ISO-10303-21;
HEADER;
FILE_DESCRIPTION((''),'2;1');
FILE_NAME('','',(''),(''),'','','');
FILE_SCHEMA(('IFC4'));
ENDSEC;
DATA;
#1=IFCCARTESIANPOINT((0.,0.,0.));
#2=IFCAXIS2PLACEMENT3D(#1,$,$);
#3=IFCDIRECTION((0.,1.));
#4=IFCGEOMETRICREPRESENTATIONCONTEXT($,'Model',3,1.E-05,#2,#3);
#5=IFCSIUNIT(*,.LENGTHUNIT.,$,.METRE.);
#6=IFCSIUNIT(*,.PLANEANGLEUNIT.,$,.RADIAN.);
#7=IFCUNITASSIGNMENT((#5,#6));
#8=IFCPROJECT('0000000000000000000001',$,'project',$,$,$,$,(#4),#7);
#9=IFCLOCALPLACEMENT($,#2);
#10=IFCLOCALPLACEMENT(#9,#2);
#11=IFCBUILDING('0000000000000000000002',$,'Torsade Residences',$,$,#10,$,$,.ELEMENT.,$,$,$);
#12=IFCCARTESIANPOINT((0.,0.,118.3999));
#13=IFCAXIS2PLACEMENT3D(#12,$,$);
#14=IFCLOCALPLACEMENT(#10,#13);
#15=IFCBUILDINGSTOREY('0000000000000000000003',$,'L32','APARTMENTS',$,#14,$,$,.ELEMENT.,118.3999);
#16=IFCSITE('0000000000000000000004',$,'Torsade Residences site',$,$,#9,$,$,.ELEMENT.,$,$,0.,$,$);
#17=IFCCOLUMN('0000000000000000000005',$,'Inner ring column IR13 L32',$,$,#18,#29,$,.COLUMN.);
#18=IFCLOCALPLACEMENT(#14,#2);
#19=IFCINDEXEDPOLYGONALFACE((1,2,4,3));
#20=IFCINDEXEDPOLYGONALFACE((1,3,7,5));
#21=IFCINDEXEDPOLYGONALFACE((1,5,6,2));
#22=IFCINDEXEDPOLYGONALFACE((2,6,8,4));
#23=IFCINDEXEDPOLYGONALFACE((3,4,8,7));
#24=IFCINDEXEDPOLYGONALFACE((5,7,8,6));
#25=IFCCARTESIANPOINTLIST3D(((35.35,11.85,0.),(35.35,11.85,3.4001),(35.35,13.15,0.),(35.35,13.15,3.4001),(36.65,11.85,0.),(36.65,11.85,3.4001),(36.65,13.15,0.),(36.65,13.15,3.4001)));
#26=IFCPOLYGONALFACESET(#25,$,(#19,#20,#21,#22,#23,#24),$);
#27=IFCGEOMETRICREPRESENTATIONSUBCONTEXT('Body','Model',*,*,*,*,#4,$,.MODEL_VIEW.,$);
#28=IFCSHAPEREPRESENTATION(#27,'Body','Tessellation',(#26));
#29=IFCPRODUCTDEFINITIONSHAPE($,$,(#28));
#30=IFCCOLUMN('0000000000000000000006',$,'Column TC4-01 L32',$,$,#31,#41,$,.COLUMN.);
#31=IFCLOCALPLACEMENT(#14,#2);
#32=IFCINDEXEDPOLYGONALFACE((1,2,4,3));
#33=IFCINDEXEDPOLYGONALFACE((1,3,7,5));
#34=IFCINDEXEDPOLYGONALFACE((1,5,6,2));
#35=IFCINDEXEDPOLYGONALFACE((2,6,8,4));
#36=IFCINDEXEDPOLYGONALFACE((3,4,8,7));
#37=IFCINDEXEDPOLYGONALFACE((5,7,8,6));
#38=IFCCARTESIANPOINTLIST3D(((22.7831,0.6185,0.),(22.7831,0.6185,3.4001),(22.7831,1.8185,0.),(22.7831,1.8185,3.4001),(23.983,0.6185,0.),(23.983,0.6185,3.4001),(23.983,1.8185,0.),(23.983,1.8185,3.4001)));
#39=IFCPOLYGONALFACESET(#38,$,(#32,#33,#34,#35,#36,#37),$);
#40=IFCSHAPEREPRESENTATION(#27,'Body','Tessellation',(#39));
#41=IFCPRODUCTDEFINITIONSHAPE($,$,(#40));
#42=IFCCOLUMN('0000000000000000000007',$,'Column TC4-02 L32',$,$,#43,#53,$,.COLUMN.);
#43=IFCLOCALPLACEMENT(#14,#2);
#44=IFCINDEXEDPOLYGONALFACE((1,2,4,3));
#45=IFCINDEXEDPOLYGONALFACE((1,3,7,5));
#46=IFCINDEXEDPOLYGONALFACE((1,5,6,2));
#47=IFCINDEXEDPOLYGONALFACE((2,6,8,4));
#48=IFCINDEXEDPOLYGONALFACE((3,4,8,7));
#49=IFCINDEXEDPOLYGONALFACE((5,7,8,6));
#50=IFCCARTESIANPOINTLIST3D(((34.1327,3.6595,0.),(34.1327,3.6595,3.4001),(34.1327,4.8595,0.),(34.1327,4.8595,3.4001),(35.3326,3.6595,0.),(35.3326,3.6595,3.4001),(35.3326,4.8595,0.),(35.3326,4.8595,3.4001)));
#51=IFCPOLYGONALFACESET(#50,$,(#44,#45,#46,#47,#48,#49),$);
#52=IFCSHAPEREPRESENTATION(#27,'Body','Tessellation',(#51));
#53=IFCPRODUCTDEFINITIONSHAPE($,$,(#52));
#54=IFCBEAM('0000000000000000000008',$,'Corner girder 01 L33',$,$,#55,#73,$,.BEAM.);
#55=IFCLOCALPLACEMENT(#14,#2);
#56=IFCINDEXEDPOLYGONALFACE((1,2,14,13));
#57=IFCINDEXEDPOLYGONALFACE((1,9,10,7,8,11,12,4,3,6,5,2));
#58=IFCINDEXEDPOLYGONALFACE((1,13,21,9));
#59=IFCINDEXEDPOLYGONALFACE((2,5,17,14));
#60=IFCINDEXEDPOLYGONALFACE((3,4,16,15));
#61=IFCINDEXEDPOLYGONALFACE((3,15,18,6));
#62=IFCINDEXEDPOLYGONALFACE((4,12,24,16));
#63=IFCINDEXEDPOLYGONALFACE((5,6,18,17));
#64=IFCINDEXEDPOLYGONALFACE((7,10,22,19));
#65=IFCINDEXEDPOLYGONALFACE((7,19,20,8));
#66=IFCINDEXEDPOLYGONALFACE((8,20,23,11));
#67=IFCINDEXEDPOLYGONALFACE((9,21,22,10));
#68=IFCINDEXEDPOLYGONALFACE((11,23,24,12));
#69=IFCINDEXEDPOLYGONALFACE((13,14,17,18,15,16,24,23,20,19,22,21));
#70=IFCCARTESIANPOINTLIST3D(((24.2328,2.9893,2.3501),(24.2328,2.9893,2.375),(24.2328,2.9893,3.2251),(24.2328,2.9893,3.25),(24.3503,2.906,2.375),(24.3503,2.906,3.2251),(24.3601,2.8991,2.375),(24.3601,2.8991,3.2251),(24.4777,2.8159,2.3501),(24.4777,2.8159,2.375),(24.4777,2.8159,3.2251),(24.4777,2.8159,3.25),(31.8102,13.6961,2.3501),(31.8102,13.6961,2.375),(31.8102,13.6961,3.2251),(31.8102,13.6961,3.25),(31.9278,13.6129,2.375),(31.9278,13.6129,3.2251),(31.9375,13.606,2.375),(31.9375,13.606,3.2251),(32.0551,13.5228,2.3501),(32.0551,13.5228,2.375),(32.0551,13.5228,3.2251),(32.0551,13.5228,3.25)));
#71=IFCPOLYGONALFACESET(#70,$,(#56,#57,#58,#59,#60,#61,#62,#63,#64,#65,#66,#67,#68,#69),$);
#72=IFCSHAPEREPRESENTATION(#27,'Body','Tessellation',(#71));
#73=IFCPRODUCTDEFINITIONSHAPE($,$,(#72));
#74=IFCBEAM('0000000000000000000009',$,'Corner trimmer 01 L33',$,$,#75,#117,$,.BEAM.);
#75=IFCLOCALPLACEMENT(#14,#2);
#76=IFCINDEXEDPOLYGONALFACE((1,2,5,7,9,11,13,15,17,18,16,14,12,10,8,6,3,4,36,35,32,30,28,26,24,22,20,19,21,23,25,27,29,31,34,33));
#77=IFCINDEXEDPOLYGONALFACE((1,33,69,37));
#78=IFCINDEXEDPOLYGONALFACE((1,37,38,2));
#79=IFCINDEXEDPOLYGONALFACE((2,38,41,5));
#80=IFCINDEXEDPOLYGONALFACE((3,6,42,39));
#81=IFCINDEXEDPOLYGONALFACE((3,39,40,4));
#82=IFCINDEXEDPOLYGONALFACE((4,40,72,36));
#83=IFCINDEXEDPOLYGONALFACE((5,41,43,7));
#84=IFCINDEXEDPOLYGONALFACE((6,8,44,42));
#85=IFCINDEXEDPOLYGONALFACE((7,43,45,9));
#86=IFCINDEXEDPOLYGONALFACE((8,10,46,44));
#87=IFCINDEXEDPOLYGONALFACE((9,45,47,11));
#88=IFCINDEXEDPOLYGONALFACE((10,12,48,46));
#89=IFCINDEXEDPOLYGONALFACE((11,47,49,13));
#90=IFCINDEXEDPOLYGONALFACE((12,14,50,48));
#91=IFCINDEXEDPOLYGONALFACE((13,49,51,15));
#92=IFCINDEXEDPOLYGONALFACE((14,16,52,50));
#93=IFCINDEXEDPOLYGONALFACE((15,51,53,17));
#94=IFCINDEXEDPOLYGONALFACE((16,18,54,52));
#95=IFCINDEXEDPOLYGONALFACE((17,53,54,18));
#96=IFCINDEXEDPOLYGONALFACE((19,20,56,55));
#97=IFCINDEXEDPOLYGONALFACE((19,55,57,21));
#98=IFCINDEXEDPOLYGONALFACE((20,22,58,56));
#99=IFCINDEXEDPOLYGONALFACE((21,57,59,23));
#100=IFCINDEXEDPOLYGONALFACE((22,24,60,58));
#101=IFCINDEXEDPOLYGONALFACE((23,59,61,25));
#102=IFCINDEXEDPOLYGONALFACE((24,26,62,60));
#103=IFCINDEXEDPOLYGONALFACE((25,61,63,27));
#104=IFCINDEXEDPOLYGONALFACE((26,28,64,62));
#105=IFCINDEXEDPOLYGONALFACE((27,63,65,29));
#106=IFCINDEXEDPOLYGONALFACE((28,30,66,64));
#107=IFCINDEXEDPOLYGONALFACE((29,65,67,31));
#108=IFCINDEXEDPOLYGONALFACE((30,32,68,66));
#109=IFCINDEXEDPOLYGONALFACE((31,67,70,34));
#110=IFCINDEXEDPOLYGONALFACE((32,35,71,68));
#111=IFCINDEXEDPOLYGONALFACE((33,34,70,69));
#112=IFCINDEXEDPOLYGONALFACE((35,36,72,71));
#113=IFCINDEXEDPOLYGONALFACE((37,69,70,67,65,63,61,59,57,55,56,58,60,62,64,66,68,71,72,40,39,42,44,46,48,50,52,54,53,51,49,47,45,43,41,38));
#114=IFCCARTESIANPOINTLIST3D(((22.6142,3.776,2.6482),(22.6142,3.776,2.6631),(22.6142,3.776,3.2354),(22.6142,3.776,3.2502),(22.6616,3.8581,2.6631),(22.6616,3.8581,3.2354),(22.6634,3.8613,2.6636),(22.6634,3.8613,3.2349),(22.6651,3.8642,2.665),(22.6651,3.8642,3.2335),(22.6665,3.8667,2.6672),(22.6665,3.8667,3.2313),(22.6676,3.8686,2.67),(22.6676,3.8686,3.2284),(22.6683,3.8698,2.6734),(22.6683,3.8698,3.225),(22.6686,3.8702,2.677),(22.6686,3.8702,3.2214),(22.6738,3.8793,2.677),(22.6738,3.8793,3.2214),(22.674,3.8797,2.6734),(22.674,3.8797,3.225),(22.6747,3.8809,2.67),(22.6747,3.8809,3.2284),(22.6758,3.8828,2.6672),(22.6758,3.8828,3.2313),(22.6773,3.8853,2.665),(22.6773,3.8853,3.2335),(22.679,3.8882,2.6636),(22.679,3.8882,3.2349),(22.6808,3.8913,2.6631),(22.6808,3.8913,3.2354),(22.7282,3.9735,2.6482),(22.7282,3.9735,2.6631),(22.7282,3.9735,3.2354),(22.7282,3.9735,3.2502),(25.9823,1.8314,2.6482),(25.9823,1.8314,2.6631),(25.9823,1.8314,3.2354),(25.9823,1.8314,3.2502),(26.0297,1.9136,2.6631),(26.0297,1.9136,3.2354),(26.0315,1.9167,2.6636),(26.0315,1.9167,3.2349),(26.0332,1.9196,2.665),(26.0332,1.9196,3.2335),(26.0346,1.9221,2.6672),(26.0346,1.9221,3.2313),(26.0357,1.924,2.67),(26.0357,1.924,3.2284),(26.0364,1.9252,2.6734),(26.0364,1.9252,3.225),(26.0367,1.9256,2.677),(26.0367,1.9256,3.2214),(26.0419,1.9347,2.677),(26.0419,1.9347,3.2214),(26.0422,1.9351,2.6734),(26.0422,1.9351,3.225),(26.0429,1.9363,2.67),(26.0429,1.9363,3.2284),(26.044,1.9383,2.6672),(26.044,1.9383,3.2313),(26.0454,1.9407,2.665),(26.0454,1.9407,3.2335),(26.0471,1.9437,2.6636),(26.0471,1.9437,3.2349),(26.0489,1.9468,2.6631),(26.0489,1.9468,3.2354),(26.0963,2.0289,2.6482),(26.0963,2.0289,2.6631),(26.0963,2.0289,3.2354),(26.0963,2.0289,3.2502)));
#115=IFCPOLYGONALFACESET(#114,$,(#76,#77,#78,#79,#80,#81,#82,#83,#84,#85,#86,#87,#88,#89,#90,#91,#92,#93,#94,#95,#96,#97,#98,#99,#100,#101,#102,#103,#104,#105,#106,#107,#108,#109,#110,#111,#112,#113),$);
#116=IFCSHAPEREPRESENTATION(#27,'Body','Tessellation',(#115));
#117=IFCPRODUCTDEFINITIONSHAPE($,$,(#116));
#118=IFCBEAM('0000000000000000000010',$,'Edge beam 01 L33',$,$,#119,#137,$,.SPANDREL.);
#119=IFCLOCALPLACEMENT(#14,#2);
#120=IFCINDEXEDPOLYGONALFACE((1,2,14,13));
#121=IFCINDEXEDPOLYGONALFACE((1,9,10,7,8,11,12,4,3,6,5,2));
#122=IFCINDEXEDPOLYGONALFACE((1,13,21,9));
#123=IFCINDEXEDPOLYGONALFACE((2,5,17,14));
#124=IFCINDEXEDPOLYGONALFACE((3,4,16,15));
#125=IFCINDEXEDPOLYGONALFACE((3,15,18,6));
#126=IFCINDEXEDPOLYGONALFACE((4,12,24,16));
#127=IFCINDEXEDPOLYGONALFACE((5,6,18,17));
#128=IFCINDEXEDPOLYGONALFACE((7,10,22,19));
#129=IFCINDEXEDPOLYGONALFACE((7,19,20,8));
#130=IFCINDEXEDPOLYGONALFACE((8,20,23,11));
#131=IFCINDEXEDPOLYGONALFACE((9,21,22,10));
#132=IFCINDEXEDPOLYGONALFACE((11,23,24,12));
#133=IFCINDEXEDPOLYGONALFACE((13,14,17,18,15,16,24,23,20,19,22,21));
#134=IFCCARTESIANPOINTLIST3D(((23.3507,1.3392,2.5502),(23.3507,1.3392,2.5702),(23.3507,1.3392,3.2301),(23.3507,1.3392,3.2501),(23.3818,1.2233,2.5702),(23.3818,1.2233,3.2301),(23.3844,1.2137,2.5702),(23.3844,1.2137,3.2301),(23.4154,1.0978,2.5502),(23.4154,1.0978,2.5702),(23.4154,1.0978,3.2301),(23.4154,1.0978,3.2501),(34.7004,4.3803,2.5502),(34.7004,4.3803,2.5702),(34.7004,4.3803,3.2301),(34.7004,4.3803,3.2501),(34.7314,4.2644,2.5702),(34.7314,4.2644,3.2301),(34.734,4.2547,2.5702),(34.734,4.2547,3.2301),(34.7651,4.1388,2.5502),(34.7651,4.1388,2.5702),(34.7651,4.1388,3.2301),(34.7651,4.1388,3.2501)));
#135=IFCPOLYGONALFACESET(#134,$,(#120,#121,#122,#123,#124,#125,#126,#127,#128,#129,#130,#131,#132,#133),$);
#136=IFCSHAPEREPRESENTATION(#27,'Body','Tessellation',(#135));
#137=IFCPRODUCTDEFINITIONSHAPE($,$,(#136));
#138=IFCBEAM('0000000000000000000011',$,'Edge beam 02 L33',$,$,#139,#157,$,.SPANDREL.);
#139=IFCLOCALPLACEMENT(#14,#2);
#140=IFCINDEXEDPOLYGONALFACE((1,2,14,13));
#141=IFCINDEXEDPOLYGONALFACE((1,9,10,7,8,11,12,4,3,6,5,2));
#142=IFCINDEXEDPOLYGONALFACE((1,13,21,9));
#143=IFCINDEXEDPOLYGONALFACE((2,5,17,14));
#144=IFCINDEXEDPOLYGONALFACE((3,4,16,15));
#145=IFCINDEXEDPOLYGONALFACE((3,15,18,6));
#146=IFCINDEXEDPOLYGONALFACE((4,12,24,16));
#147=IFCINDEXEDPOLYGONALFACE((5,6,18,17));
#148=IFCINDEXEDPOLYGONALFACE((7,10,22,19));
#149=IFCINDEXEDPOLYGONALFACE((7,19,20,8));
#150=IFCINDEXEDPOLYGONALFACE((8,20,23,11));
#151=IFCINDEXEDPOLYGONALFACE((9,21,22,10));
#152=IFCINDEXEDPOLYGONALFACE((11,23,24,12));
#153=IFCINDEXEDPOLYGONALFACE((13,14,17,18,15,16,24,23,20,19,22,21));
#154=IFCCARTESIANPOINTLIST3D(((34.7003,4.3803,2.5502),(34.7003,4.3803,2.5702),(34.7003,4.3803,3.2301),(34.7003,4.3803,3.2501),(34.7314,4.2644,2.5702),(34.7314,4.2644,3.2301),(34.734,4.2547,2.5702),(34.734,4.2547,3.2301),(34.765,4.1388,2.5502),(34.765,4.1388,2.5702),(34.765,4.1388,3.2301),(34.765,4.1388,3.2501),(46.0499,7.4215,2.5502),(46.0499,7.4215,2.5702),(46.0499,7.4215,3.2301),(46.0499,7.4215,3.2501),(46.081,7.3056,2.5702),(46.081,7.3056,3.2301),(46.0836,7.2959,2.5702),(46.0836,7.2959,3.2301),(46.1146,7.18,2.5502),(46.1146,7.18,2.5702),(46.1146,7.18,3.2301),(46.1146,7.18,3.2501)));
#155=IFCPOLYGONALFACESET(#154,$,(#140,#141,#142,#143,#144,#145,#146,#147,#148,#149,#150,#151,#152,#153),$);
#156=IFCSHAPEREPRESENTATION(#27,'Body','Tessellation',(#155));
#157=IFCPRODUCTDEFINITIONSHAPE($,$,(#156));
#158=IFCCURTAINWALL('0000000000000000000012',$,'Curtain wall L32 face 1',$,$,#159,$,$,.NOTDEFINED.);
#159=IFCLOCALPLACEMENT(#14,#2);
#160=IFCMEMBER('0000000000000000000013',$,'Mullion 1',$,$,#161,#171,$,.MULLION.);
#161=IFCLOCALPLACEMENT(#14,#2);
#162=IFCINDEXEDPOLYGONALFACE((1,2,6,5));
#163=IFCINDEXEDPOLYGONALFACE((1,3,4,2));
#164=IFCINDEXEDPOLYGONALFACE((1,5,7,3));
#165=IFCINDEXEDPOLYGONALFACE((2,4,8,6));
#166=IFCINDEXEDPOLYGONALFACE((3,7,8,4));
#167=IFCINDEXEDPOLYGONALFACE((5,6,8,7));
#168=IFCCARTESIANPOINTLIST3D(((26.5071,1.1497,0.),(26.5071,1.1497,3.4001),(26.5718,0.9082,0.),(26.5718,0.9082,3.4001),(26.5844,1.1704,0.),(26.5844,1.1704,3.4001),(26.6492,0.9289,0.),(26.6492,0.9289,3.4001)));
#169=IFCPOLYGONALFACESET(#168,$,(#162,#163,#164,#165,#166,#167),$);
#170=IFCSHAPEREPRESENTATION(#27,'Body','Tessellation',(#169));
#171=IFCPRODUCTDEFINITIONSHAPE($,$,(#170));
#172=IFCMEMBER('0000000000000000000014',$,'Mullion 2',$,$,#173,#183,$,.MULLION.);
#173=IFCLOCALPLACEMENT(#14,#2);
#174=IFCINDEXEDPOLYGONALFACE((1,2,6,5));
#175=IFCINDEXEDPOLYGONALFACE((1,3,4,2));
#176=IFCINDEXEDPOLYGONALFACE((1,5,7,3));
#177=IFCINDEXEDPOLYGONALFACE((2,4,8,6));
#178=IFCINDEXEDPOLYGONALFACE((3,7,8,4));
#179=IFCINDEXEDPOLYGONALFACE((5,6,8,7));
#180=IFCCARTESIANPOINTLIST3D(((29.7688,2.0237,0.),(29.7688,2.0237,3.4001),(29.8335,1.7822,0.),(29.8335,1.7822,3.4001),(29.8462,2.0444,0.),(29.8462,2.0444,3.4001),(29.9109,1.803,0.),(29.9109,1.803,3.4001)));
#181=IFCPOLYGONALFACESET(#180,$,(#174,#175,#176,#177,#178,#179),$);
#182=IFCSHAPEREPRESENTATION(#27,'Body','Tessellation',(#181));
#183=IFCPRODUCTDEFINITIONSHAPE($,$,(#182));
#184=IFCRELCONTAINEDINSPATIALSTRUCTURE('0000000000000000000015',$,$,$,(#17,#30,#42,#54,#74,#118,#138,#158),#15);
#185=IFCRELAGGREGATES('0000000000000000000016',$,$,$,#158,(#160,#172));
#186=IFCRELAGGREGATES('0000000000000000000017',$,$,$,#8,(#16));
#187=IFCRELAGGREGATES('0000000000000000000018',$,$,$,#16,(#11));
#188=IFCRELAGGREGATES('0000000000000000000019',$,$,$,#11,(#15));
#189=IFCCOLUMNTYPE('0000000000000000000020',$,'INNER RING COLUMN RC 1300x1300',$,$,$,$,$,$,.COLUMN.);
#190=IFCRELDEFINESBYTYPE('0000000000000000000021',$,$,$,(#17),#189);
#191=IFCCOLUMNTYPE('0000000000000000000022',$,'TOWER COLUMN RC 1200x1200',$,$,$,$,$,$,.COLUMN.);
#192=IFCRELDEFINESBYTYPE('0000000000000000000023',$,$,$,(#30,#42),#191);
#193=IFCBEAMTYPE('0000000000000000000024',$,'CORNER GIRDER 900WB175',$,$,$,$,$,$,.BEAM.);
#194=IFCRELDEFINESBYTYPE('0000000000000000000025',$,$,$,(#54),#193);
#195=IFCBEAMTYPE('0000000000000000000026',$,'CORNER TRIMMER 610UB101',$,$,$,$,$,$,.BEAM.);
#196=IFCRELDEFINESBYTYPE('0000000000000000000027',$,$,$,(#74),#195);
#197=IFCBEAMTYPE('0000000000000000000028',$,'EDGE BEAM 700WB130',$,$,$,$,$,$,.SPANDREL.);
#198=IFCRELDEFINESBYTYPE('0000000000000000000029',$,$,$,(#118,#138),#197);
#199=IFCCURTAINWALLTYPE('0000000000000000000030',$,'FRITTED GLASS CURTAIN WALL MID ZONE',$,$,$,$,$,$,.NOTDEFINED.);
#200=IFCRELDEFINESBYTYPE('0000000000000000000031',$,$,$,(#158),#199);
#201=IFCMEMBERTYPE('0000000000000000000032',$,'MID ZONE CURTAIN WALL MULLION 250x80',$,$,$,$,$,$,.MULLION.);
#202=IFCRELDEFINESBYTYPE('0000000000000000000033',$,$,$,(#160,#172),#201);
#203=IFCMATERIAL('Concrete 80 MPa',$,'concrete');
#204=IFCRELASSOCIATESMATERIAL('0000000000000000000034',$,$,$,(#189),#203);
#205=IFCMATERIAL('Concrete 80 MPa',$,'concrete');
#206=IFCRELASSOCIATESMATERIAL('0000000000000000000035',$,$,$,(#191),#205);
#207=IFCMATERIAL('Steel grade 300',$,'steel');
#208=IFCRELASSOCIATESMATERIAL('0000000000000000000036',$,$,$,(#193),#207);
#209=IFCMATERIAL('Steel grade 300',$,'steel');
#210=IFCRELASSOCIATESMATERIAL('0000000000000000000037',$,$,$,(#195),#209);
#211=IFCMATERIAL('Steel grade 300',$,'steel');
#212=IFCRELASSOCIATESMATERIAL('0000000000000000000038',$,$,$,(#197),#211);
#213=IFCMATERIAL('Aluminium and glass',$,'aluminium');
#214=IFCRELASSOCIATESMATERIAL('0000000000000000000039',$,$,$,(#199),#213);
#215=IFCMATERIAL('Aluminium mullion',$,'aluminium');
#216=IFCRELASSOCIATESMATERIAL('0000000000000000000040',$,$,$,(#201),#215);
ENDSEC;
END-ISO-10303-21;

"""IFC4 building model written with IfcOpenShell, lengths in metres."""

from ifc_helpers import new_model, si_unit, direction, frame, origin, origin_2d, place, context, subcontext, project, spatial, rectangle, i_section, extrude, material, material_profile, profile_set, type_object, element, aggregate, save


model = new_model("IFC4")

# Units and contexts
model_context = context("Model", 3, precision=1e-05, world=origin(), true_north=direction((0.0, 1.0)))
body_context = subcontext(model_context, "Body", "Model", "MODEL_VIEW")
ifc_project = project(units=[si_unit("LENGTHUNIT", "METRE"), si_unit("PLANEANGLEUNIT", "RADIAN")], contexts=[model_context])

# Site, building, storey
site_placement = place(None, origin())
site = spatial("IfcSite", under=ifc_project, at=site_placement, Name="Torsade Residences site", CompositionType="ELEMENT", RefElevation=0.0)
building_placement = place(site_placement, origin())
building = spatial("IfcBuilding", under=site, at=building_placement, Name="Torsade Residences", CompositionType="ELEMENT")
storey_placement = place(building_placement, frame((0.0, 0.0, 118.3999)))
storey = spatial("IfcBuildingStorey", under=building, at=storey_placement, Name="L32", Description="APARTMENTS", CompositionType="ELEMENT", Elevation=118.3999)

# Columns
ifc_material_1 = material(Name="Concrete 80 MPa", Category="concrete")
ifc_material_profile_1 = material_profile(ifc_material_1, rectangle(XDim=1.3, YDim=1.3, at=origin_2d()), Name="RC 1300x1300")
ifc_profile_set_1 = profile_set([ifc_material_profile_1], Name="Concrete 80 MPa")
column_type_1 = type_object("IfcColumnType", Name="INNER RING COLUMN RC 1300x1300", PredefinedType="COLUMN", material=ifc_profile_set_1)
column_placement = place(storey_placement, frame((36.0, 12.5, 0.0), z_axis=(0.0, 0.0, 1.0), x_axis=(1.0, 0.0, 0.0)))
element("IfcColumn", 1, at=column_placement, inside=storey, type_object=column_type_1, Name="Inner ring column IR13 L32", PredefinedType="COLUMN", context=body_context, shape_type="SweptSolid", body=[
    extrude(rectangle(XDim=1.3, YDim=1.3, at=origin_2d()), origin(), (0.0, 0.0, 1.0), 3.4001),
])
ifc_material_2 = material(Name="Concrete 80 MPa", Category="concrete")
ifc_material_profile_2 = material_profile(ifc_material_2, rectangle(XDim=1.2, YDim=1.2, at=origin_2d()), Name="RC 1200x1200")
ifc_profile_set_2 = profile_set([ifc_material_profile_2], Name="Concrete 80 MPa")
column_type_2 = type_object("IfcColumnType", Name="TOWER COLUMN RC 1200x1200", PredefinedType="COLUMN", material=ifc_profile_set_2)
for number, where, z_axis, x_axis, name in (
    (2, (23.3831, 1.2185, 0.0), (0.0, 0.0, 1.0), (1.0, 0.0, 0.0), "Column TC4-01 L32"),
    (3, (34.7327, 4.2595, 0.0), (0.0, 0.0, 1.0), (1.0, 0.0, 0.0), "Column TC4-02 L32"),
):
    element("IfcColumn", number, at=place(storey_placement, frame(where, z_axis=z_axis, x_axis=x_axis)), inside=storey, type_object=column_type_2, Name=name, PredefinedType="COLUMN", context=body_context, shape_type="SweptSolid", body=[
        extrude(rectangle(XDim=1.2, YDim=1.2, at=origin_2d()), origin(), (0.0, 0.0, 1.0), 3.4001),
    ])

# Beams
ifc_material_3 = material(Name="Steel grade 300", Category="steel")
ifc_material_profile_3 = material_profile(ifc_material_3, i_section(OverallWidth=0.3, OverallDepth=0.8999, WebThickness=0.012, FlangeThickness=0.0249, at=origin_2d()), Name="900WB175")
ifc_profile_set_3 = profile_set([ifc_material_profile_3], Name="Steel grade 300")
beam_type_1 = type_object("IfcBeamType", Name="CORNER GIRDER 900WB175", PredefinedType="BEAM", material=ifc_profile_set_3)
beam_1_placement = place(storey_placement, frame((24.3552, 2.9026, 2.8), z_axis=(0.577683, 0.816261, 0.0), x_axis=(-0.816261, 0.577683, 0.0)))
element("IfcBeam", 4, at=beam_1_placement, inside=storey, type_object=beam_type_1, Name="Corner girder 01 L33", PredefinedType="BEAM", context=body_context, shape_type="SweptSolid", body=[
    extrude(i_section(OverallWidth=0.3, OverallDepth=0.8999, WebThickness=0.012, FlangeThickness=0.0249, at=origin_2d()), origin(), (0.0, 0.0, 1.0), 13.1169),
])
ifc_material_4 = material(Name="Steel grade 300", Category="steel")
ifc_material_profile_4 = material_profile(ifc_material_4, i_section(OverallWidth=0.228, OverallDepth=0.6021, WebThickness=0.0105, FlangeThickness=0.0149, FilletRadius=0.0139, at=origin_2d()), Name="610UB101")
ifc_profile_set_4 = profile_set([ifc_material_profile_4], Name="Steel grade 300")
beam_type_2 = type_object("IfcBeamType", Name="CORNER TRIMMER 610UB101", PredefinedType="BEAM", material=ifc_profile_set_4)
beam_2_placement = place(storey_placement, frame((26.0393, 1.9302, 2.9492), z_axis=(-0.866029, 0.499994, 0.0), x_axis=(-0.499994, -0.866029, 0.0)))
element("IfcBeam", 5, at=beam_2_placement, inside=storey, type_object=beam_type_2, Name="Corner trimmer 01 L33", PredefinedType="BEAM", context=body_context, shape_type="SweptSolid", body=[
    extrude(i_section(OverallWidth=0.228, OverallDepth=0.6021, WebThickness=0.0105, FlangeThickness=0.0149, FilletRadius=0.0139, at=origin_2d()), origin(), (0.0, 0.0, 1.0), 3.8892),
])
ifc_material_5 = material(Name="Steel grade 300", Category="steel")
ifc_material_profile_5 = material_profile(ifc_material_5, i_section(OverallWidth=0.25, OverallDepth=0.7, WebThickness=0.01, FlangeThickness=0.02, at=origin_2d()), Name="700WB130")
ifc_profile_set_5 = profile_set([ifc_material_profile_5], Name="Steel grade 300")
beam_type_3 = type_object("IfcBeamType", Name="EDGE BEAM 700WB130", PredefinedType="SPANDREL", material=ifc_profile_set_5)
for number, where, z_axis, x_axis, name in (
    (6, (23.3831, 1.2185, 2.9001), (0.965928, 0.258811, 0.0), (-0.258811, 0.965928, 0.0), "Edge beam 01 L33"),
    (7, (34.7327, 4.2595, 2.9001), (0.965923, 0.25883, 0.0), (-0.25883, 0.965923, 0.0), "Edge beam 02 L33"),
):
    element("IfcBeam", number, at=place(storey_placement, frame(where, z_axis=z_axis, x_axis=x_axis)), inside=storey, type_object=beam_type_3, Name=name, PredefinedType="SPANDREL", context=body_context, shape_type="SweptSolid", body=[
        extrude(i_section(OverallWidth=0.25, OverallDepth=0.7, WebThickness=0.01, FlangeThickness=0.02, at=origin_2d()), origin(), (0.0, 0.0, 1.0), 11.75),
    ])

# Curtain wall, members
ifc_material_6 = material(Name="Aluminium and glass", Category="aluminium")
curtain_wall_type = type_object("IfcCurtainWallType", Name="FRITTED GLASS CURTAIN WALL MID ZONE", PredefinedType="NOTDEFINED", material=ifc_material_6)
curtain_wall_placement = place(storey_placement, origin())
curtain_wall = element("IfcCurtainWall", 8, at=curtain_wall_placement, inside=storey, type_object=curtain_wall_type, Name="Curtain wall L32 face 1", PredefinedType="NOTDEFINED")
ifc_material_7 = material(Name="Aluminium mullion", Category="aluminium")
ifc_material_profile_6 = material_profile(ifc_material_7, rectangle(XDim=0.25, YDim=0.0801, at=origin_2d()), Name="MID ZONE CURTAIN WALL MULLION 250x80")
ifc_profile_set_6 = profile_set([ifc_material_profile_6], Name="Aluminium mullion")
member_type_1 = type_object("IfcMemberType", Name="MID ZONE CURTAIN WALL MULLION 250x80", PredefinedType="MULLION", material=ifc_profile_set_6)
member_1_placement = place(storey_placement, frame((26.5781, 1.0393, 0.0), z_axis=(0.0, 0.0, 1.0), x_axis=(-0.258819, 0.965926, 0.0)))
member_1 = element("IfcMember", 9, at=member_1_placement, type_object=member_type_1, Name="Mullion 1", PredefinedType="MULLION", context=body_context, shape_type="SweptSolid", body=[
    extrude(rectangle(XDim=0.25, YDim=0.0801, at=origin_2d()), origin(), (0.0, 0.0, 1.0), 3.4001),
])
member_2_placement = place(storey_placement, frame((29.8398, 1.9133, 0.0), z_axis=(0.0, 0.0, 1.0), x_axis=(-0.258819, 0.965926, 0.0)))
member_2 = element("IfcMember", 10, at=member_2_placement, type_object=member_type_1, Name="Mullion 2", PredefinedType="MULLION", context=body_context, shape_type="SweptSolid", body=[
    extrude(rectangle(XDim=0.25, YDim=0.0801, at=origin_2d()), origin(), (0.0, 0.0, 1.0), 3.4001),
])

aggregate(curtain_wall, [member_1, member_2])

save(model, "model.ifc")
